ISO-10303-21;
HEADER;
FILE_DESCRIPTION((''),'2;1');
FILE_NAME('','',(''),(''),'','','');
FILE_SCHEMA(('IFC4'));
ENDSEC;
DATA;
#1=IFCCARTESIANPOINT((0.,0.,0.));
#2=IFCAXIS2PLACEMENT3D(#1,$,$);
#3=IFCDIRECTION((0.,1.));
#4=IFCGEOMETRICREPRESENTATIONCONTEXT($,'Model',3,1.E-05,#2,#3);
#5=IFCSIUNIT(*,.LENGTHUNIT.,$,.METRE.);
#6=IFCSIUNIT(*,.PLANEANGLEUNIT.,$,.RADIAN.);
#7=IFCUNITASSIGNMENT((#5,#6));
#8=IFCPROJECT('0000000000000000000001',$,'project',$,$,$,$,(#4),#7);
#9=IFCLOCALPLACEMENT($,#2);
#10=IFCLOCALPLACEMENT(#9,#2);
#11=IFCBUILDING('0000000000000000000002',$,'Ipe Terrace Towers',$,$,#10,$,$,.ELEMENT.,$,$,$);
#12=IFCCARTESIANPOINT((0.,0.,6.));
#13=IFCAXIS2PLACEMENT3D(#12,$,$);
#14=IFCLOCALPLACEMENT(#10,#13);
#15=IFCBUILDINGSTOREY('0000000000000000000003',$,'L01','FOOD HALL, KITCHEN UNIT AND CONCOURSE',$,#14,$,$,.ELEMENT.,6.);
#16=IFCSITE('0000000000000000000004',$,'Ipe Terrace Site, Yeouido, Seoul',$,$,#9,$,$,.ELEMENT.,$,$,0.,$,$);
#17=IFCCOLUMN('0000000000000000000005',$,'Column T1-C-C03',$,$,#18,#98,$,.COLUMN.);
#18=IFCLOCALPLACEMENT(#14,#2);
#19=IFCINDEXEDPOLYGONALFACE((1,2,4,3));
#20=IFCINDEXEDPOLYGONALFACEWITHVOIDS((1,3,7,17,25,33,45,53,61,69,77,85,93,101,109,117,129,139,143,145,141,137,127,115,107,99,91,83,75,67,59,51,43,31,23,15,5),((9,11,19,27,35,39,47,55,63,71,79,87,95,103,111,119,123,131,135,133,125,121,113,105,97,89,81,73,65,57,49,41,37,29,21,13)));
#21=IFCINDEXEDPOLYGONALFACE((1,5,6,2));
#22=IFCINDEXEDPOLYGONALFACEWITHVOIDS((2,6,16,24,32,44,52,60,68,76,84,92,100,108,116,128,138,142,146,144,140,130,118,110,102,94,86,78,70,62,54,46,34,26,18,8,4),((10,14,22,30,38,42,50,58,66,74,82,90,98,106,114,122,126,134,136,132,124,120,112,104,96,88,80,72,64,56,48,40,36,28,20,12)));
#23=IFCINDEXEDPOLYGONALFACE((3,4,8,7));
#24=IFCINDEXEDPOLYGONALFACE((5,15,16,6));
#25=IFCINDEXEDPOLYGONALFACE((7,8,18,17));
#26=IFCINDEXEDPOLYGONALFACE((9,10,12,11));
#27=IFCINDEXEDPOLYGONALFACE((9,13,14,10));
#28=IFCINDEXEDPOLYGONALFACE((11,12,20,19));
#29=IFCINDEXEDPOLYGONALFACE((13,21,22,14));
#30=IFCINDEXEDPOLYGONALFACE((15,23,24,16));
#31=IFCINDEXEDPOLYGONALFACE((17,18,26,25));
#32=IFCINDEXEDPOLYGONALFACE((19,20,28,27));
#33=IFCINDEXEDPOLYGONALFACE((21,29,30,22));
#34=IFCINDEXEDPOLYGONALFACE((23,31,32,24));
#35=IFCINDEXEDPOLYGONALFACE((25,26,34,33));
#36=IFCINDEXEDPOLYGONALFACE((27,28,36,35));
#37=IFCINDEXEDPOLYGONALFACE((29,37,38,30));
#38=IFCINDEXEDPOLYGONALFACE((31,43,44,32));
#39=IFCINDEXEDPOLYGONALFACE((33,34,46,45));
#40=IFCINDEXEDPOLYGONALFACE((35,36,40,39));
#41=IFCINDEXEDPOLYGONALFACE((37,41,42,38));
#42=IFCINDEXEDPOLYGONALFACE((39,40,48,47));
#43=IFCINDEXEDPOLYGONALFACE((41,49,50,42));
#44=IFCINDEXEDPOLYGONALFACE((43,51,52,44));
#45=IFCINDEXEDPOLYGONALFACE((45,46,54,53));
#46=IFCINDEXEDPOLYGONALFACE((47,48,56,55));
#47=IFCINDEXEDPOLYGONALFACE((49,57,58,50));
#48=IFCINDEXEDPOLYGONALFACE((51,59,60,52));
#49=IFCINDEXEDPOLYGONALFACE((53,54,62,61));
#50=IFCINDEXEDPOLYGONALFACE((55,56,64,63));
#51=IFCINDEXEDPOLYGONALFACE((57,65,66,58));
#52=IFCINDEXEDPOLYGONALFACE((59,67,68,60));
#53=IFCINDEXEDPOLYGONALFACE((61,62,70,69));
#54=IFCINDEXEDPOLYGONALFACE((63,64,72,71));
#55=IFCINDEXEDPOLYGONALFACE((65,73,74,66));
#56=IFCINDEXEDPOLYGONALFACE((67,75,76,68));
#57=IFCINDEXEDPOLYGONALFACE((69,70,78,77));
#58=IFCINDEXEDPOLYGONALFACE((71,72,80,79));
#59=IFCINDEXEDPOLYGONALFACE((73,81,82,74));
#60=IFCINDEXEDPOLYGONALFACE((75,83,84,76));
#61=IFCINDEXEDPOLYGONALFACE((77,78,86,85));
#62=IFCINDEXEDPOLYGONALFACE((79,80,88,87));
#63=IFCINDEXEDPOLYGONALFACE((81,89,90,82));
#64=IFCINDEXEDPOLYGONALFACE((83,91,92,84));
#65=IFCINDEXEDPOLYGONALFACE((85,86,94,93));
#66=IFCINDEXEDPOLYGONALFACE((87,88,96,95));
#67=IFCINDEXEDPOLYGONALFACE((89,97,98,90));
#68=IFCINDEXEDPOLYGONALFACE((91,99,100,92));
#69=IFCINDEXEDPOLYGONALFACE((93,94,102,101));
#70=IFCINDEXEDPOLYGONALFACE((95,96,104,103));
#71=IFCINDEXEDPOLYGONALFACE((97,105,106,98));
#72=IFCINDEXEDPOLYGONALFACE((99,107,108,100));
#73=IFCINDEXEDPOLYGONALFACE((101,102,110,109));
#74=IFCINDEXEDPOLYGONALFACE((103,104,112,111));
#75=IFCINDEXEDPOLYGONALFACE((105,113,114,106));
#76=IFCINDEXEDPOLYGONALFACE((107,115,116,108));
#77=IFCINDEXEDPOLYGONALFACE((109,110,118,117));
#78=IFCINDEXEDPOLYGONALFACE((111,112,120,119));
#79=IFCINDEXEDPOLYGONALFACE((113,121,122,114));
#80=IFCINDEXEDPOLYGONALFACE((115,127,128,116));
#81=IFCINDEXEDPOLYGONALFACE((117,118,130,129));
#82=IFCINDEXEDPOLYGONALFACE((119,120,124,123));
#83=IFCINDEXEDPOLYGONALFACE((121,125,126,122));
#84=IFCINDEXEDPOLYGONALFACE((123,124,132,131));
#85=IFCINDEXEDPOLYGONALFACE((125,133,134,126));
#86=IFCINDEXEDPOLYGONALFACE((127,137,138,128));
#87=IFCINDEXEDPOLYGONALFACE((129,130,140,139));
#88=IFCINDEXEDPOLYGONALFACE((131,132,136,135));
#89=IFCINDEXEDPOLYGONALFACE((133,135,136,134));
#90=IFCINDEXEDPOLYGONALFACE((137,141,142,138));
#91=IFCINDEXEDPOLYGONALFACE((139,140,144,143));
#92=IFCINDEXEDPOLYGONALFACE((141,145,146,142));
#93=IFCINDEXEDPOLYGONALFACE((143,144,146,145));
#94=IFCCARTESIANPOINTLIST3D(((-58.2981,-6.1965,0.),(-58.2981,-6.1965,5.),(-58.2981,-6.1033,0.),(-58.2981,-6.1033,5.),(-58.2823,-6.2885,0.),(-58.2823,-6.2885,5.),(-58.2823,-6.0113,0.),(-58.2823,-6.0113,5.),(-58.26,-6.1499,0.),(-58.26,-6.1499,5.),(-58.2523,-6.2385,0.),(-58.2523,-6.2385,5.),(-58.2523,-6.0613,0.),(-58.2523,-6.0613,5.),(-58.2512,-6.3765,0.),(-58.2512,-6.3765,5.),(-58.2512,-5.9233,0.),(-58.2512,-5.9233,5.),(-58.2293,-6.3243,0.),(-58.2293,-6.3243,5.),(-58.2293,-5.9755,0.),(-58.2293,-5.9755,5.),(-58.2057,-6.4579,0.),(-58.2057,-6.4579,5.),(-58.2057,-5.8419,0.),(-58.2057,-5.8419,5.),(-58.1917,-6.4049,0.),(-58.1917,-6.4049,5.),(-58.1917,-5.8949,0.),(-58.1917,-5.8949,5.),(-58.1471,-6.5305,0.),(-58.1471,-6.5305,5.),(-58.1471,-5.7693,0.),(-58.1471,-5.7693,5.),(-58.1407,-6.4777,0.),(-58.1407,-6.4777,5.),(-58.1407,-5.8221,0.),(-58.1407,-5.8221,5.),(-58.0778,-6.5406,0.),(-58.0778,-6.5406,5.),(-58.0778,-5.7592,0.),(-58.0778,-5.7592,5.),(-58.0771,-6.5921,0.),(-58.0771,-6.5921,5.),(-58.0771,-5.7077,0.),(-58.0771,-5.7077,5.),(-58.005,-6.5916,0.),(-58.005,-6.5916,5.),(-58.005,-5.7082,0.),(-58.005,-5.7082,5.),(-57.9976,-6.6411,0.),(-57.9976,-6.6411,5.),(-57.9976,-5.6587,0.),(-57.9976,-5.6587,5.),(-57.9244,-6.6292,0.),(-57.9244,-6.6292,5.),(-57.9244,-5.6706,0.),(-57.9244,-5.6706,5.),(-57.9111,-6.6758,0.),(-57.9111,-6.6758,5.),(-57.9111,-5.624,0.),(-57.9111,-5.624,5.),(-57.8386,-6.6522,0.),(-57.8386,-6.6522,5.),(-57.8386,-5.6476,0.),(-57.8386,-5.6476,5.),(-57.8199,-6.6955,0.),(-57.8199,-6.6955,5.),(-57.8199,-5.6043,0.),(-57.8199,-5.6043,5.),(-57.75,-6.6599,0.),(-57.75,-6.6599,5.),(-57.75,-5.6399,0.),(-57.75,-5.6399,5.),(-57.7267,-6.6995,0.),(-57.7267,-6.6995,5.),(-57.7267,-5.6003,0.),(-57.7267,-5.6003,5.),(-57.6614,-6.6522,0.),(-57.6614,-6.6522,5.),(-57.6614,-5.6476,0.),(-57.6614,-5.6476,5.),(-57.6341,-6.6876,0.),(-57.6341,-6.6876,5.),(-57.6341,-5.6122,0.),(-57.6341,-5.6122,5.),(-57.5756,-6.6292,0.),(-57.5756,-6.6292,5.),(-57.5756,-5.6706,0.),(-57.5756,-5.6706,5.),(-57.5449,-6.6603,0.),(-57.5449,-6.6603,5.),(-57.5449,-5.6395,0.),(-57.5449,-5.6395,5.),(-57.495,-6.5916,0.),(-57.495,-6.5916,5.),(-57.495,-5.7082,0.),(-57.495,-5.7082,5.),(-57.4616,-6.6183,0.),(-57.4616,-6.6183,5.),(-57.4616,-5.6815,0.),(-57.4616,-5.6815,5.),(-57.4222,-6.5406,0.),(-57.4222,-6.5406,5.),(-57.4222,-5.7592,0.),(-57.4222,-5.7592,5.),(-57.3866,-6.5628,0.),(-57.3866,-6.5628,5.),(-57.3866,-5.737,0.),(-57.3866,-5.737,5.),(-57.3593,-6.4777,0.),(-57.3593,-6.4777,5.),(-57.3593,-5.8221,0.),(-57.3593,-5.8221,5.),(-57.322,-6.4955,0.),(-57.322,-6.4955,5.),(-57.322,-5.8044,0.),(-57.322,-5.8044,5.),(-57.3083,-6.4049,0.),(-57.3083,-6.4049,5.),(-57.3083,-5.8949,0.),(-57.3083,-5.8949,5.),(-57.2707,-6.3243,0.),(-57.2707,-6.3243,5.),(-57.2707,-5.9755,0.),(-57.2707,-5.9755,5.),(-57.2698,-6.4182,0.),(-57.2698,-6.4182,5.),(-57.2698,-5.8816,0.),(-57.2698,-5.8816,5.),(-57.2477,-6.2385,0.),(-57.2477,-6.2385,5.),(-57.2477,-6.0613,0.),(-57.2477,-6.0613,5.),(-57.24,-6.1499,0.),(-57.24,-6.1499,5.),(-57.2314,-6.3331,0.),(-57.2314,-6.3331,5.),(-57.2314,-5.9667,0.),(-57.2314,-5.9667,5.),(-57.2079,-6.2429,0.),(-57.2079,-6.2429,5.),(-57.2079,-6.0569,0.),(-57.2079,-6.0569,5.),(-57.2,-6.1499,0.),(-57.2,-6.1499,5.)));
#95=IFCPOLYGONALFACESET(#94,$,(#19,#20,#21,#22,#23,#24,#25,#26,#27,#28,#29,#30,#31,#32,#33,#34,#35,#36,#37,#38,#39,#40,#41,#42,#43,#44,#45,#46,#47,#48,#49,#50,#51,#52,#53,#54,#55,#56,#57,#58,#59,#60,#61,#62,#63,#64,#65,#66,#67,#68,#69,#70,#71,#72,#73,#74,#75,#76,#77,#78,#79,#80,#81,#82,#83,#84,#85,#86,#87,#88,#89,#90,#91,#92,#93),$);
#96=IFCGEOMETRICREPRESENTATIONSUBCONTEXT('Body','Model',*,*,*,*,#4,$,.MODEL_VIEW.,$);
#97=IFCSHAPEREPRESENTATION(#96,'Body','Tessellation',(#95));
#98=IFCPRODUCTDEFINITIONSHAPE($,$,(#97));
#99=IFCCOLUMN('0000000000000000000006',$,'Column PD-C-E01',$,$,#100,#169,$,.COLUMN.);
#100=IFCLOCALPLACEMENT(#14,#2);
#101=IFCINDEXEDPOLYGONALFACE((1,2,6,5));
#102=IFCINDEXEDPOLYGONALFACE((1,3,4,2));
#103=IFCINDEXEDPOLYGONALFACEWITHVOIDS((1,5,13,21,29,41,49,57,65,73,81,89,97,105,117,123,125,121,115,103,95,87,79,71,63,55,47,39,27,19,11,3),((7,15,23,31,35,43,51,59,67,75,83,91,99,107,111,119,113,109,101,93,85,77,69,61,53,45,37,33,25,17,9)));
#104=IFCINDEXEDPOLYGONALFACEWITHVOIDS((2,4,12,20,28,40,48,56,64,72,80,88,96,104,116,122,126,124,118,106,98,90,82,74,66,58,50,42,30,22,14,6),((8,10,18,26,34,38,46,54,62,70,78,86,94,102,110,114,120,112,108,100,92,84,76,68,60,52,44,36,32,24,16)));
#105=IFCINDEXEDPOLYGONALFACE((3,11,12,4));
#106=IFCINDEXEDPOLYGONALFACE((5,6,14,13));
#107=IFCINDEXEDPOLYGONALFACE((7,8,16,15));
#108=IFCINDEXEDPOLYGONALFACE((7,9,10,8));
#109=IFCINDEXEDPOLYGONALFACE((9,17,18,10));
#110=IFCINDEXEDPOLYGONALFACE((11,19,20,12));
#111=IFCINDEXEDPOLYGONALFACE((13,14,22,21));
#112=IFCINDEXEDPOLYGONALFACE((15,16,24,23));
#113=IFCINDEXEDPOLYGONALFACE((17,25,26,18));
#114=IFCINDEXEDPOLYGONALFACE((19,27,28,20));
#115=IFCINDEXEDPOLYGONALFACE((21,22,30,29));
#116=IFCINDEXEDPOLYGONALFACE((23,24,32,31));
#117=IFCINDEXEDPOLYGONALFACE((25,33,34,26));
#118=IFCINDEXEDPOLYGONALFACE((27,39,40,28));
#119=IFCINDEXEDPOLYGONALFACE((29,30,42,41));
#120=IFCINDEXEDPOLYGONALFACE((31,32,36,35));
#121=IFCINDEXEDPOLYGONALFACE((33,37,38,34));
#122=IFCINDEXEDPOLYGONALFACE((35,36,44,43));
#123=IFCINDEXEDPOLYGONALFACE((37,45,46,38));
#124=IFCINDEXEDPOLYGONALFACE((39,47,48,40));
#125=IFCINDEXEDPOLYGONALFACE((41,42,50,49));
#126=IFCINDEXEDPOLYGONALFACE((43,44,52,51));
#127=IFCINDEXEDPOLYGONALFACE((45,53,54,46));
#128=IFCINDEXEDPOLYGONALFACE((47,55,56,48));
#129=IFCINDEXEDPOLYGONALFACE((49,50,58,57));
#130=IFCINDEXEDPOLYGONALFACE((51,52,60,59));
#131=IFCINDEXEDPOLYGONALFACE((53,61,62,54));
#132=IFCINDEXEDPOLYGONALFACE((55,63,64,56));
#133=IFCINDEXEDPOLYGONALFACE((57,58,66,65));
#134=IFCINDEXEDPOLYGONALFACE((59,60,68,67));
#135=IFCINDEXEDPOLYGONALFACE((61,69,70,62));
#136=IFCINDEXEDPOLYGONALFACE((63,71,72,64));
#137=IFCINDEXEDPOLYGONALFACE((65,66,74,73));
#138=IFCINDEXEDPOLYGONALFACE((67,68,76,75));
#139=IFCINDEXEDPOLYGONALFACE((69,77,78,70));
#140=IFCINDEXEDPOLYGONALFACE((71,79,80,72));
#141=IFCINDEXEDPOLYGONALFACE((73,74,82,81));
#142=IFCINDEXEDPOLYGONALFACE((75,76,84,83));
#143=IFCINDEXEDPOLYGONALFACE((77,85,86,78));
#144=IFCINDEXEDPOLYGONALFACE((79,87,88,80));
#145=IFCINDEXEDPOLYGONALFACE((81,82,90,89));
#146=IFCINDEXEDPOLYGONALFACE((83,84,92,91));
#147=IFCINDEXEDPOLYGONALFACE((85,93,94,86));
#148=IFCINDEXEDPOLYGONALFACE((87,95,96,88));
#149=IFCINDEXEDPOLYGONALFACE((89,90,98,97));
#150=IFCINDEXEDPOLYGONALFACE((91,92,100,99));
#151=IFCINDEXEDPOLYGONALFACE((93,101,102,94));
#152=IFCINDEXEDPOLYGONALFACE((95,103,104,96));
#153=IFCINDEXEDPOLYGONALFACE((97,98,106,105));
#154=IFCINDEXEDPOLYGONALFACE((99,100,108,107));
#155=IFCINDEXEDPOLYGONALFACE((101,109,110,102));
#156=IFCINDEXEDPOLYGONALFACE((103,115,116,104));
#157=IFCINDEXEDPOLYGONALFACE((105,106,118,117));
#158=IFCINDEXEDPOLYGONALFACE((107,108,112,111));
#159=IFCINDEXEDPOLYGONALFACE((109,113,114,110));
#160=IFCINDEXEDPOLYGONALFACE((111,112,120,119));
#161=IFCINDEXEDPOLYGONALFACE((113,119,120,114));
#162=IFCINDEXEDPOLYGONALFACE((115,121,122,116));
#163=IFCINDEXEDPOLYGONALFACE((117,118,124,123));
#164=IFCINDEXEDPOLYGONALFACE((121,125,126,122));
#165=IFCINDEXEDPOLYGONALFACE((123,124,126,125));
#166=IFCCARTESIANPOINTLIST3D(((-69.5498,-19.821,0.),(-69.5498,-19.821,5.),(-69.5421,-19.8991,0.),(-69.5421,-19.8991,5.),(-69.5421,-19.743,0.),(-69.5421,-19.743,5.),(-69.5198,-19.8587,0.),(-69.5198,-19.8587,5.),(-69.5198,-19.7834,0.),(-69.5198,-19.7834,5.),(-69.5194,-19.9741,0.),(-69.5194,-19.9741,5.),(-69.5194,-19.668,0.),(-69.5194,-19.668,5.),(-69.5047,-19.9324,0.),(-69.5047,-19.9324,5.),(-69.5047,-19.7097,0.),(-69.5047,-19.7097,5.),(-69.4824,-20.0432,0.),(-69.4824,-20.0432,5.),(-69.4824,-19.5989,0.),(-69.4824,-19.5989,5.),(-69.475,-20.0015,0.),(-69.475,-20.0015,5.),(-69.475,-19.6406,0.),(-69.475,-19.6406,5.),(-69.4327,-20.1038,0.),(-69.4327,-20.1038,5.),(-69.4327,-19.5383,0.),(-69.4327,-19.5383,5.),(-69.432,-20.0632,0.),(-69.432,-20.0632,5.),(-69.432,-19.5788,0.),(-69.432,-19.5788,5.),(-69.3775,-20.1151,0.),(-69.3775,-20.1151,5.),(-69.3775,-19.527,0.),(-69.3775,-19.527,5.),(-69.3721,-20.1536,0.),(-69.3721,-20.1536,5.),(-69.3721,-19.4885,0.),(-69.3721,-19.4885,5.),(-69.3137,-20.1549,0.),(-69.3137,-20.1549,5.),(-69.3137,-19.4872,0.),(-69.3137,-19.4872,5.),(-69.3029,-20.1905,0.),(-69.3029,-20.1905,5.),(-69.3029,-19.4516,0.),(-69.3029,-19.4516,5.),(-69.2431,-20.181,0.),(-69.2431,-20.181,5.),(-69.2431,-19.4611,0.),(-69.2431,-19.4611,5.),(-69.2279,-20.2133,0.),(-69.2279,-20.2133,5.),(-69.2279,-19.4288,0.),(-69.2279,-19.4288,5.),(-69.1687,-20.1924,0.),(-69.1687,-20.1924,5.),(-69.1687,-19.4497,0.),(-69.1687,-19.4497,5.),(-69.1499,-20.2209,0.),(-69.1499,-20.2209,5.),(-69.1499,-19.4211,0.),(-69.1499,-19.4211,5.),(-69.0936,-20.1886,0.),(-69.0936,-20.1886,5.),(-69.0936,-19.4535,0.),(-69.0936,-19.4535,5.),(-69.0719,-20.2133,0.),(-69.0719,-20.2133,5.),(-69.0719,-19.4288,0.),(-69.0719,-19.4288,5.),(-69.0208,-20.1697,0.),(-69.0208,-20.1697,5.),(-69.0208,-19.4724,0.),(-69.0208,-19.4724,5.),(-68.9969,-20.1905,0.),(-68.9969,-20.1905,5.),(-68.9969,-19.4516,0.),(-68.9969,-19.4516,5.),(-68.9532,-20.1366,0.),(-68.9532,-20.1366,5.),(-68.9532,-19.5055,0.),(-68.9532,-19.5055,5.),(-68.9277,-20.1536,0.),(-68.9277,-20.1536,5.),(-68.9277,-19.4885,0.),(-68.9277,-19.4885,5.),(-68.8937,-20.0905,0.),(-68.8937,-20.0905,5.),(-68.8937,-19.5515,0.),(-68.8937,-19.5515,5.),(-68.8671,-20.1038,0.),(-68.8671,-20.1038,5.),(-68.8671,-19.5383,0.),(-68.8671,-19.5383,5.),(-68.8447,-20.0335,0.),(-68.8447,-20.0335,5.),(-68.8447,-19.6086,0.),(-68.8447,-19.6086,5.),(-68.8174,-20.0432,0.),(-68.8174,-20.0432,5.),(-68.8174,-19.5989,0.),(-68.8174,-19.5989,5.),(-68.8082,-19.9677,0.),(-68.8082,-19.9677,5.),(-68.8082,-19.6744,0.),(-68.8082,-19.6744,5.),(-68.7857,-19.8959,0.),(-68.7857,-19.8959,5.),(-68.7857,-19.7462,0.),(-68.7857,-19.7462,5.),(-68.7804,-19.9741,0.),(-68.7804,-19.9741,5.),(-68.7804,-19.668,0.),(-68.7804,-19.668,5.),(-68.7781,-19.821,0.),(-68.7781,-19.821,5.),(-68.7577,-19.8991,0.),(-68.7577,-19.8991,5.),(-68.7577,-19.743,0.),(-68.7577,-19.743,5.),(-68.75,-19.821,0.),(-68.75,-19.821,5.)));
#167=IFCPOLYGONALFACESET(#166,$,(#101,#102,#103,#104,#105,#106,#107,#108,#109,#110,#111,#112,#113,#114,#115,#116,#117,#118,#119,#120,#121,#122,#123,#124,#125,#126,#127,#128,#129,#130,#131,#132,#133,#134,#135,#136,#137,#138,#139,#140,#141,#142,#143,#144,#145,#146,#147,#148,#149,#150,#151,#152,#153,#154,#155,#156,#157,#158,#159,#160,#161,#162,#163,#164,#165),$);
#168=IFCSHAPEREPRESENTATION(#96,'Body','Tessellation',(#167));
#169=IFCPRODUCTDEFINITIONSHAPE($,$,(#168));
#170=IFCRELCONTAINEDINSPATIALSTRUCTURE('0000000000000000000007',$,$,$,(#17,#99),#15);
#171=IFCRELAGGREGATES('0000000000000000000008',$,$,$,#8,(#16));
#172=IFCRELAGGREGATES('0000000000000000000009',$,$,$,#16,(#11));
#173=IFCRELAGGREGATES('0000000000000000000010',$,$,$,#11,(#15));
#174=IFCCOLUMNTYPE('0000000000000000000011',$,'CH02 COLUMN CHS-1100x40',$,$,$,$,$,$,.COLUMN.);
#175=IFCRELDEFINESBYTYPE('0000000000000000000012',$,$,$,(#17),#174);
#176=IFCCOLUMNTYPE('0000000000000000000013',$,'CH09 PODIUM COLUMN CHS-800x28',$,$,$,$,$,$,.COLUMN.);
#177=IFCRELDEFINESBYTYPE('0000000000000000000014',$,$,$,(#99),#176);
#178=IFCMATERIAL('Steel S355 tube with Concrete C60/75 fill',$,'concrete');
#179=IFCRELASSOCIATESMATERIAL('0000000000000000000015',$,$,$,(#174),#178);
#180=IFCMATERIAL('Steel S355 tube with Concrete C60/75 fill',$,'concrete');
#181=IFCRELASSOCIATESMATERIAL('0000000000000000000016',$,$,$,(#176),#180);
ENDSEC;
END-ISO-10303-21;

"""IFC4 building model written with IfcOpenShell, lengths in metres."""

from ifc_helpers import new_model, si_unit, direction, frame, origin, origin_2d, place, context, subcontext, project, spatial, hollow_circle, extrude, material, material_profile, profile_set, type_object, element, save


model = new_model("IFC4")

# Units and contexts
model_context = context("Model", 3, precision=1e-05, world=origin(), true_north=direction((0.0, 1.0)))
body_context = subcontext(model_context, "Body", "Model", "MODEL_VIEW")
ifc_project = project(units=[si_unit("LENGTHUNIT", "METRE"), si_unit("PLANEANGLEUNIT", "RADIAN")], contexts=[model_context])

# Site, building, storey
site_placement = place(None, origin())
site = spatial("IfcSite", under=ifc_project, at=site_placement, Name="Ipe Terrace Site, Yeouido, Seoul", CompositionType="ELEMENT", RefElevation=0.0)
building_placement = place(site_placement, origin())
building = spatial("IfcBuilding", under=site, at=building_placement, Name="Ipe Terrace Towers", CompositionType="ELEMENT")
storey_placement = place(building_placement, frame((0.0, 0.0, 6.0)))
storey = spatial("IfcBuildingStorey", under=building, at=storey_placement, Name="L01", Description="FOOD HALL, KITCHEN UNIT AND CONCOURSE", CompositionType="ELEMENT", Elevation=6.0)

# Columns
ifc_material_1 = material(Name="Steel S355 tube with Concrete C60/75 fill", Category="concrete")
ifc_material_profile_1 = material_profile(ifc_material_1, hollow_circle(Radius=0.55, WallThickness=0.04, at=origin_2d()), Name="CHS-1100x40")
ifc_profile_set_1 = profile_set([ifc_material_profile_1], Name="Steel S355 tube with Concrete C60/75 fill")
column_type_1 = type_object("IfcColumnType", Name="CH02 COLUMN CHS-1100x40", PredefinedType="COLUMN", material=ifc_profile_set_1)
column_placement = place(storey_placement, frame((-57.75, -6.1499, 0.0), z_axis=(0.0, 0.0, 1.0), x_axis=(1.0, 0.0, 0.0)))
element("IfcColumn", 1, at=column_placement, inside=storey, type_object=column_type_1, Name="Column T1-C-C03", PredefinedType="COLUMN", context=body_context, shape_type="SweptSolid", body=[
    extrude(hollow_circle(Radius=0.55, WallThickness=0.04, at=origin_2d()), origin(), (0.0, 0.0, 1.0), 5.0),
])
ifc_material_2 = material(Name="Steel S355 tube with Concrete C60/75 fill", Category="concrete")
ifc_material_profile_2 = material_profile(ifc_material_2, hollow_circle(Radius=0.3999, WallThickness=0.0281, at=origin_2d()), Name="CHS-800x28")
ifc_profile_set_2 = profile_set([ifc_material_profile_2], Name="Steel S355 tube with Concrete C60/75 fill")
column_type_2 = type_object("IfcColumnType", Name="CH09 PODIUM COLUMN CHS-800x28", PredefinedType="COLUMN", material=ifc_profile_set_2)
for number, where, z_axis, x_axis, name in (
    (2, (-69.1499, -19.821, 0.0), (0.0, 0.0, 1.0), (1.0, 0.0, 0.0), "Column PD-C-E01"),
):
    element("IfcColumn", number, at=place(storey_placement, frame(where, z_axis=z_axis, x_axis=x_axis)), inside=storey, type_object=column_type_2, Name=name, PredefinedType="COLUMN", context=body_context, shape_type="SweptSolid", body=[
        extrude(hollow_circle(Radius=0.3999, WallThickness=0.0281, at=origin_2d()), origin(), (0.0, 0.0, 1.0), 5.0),
    ])

save(model, "model.ifc")
